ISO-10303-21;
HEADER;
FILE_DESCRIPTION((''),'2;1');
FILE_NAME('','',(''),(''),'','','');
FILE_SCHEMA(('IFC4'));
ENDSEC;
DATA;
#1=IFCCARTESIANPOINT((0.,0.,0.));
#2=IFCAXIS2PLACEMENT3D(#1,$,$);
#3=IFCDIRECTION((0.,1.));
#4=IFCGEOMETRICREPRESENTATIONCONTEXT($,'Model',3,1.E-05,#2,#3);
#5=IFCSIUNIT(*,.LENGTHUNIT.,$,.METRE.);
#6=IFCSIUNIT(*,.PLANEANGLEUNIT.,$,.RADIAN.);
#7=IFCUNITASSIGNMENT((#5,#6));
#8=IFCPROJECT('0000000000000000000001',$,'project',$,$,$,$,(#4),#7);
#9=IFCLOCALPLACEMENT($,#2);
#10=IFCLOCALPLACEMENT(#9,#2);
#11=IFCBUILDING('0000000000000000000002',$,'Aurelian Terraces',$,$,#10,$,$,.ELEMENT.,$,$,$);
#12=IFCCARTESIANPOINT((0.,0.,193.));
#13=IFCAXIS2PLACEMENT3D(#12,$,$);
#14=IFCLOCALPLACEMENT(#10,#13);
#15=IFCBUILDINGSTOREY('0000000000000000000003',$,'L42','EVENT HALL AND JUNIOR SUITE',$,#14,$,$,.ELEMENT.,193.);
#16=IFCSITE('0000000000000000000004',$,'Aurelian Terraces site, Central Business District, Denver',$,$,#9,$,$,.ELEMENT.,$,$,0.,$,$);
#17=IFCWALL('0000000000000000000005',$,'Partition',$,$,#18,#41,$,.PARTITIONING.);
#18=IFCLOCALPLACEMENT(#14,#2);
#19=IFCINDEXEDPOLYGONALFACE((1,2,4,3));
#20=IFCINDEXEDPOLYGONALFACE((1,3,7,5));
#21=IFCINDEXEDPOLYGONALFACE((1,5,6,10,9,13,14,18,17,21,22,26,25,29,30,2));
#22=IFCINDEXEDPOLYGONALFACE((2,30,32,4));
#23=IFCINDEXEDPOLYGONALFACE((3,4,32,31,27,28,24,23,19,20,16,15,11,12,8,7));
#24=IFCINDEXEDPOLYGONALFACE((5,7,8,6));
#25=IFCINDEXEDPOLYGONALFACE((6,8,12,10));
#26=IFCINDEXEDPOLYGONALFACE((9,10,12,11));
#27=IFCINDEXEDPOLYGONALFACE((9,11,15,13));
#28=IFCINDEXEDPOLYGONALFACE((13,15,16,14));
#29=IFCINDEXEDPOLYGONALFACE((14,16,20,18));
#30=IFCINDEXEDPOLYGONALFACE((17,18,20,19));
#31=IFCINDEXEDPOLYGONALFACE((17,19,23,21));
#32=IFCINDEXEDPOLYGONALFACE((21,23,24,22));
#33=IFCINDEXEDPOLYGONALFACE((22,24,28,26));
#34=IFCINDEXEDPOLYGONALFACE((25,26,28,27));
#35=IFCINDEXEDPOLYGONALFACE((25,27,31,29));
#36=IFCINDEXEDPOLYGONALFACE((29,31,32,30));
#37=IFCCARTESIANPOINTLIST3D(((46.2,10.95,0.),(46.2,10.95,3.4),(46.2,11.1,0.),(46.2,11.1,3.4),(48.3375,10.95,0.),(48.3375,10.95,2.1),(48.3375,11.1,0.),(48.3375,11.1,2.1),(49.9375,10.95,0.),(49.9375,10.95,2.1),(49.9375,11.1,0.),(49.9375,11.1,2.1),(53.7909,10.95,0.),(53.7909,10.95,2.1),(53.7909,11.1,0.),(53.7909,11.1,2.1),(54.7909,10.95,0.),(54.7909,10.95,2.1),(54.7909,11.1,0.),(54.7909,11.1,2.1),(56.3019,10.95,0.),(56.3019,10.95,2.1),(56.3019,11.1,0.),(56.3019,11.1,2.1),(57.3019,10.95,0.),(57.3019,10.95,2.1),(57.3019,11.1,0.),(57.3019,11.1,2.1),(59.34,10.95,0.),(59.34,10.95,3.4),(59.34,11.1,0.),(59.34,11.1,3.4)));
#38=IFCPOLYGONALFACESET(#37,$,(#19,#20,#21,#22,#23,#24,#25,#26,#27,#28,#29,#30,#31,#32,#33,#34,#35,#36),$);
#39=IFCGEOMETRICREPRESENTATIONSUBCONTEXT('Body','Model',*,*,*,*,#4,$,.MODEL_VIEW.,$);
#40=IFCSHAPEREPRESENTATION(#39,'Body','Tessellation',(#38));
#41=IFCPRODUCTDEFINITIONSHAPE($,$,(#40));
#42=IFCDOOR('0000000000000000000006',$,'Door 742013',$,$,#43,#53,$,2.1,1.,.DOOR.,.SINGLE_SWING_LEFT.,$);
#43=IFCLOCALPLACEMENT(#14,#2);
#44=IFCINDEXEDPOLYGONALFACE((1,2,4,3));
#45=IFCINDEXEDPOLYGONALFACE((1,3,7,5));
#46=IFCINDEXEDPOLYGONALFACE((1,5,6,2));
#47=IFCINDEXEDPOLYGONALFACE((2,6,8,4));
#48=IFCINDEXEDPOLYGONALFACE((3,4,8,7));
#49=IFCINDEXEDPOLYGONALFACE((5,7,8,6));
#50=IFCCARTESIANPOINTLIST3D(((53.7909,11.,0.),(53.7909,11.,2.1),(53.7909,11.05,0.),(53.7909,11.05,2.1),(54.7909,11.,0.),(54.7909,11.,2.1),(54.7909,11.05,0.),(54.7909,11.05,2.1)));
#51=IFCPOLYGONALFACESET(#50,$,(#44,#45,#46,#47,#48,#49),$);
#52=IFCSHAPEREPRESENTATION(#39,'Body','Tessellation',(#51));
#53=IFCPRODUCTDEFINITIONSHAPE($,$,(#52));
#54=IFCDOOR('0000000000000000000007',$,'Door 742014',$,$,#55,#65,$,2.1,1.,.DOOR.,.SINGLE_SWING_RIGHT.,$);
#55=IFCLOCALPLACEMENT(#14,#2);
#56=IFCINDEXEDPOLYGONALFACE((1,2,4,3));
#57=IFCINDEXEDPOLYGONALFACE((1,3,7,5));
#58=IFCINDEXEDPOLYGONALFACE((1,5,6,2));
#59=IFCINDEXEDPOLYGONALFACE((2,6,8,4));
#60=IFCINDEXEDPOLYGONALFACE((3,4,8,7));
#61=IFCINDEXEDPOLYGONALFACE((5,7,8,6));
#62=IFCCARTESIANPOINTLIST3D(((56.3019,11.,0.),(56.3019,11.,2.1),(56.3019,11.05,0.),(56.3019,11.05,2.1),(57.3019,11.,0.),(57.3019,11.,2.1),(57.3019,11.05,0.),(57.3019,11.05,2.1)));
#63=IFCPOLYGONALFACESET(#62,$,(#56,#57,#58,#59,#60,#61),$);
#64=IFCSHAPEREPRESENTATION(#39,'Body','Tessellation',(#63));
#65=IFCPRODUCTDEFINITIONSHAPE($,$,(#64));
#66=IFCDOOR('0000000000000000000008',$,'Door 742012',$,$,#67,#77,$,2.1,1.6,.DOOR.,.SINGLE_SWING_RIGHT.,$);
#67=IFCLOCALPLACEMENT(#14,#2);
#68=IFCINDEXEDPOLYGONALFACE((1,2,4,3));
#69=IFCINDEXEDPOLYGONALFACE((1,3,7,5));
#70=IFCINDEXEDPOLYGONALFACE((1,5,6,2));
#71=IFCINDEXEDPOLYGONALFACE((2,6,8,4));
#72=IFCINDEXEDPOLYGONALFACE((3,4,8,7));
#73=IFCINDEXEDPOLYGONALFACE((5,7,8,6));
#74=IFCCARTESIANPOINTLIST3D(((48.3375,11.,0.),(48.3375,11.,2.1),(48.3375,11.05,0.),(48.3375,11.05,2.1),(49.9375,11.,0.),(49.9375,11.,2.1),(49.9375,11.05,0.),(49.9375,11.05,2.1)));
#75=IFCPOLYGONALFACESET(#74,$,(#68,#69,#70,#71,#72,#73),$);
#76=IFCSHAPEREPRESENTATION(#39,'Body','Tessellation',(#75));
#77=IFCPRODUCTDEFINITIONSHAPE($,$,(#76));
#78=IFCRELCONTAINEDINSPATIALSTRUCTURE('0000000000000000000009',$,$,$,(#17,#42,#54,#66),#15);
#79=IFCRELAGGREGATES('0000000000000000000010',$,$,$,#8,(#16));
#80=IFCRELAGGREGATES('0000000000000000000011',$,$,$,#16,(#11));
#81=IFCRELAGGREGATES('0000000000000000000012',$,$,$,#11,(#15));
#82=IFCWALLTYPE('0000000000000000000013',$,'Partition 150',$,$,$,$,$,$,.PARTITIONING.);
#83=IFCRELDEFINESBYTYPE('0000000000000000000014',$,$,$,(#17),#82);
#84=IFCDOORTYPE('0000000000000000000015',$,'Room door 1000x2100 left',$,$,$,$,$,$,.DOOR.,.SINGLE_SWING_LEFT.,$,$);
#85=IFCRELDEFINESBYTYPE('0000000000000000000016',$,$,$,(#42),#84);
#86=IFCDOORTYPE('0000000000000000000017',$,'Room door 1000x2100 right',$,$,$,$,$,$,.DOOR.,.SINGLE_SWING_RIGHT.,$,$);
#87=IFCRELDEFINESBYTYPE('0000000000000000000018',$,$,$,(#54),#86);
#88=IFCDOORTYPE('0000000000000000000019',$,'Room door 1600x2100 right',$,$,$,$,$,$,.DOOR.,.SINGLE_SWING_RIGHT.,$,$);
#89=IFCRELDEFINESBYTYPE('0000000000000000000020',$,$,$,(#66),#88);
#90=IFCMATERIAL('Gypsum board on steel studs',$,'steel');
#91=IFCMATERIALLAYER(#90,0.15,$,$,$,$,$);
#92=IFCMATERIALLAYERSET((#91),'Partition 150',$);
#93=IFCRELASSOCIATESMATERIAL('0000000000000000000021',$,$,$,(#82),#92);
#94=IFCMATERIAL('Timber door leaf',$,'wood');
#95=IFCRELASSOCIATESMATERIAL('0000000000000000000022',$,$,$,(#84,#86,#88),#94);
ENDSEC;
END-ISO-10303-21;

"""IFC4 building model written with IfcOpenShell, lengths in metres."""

from ifc_helpers import new_model, si_unit, direction, frame, frame_2d, origin, place, context, subcontext, project, spatial, rectangle, extrude, source, transform, mapped, material, layer, layer_set, type_object, element, fill, save


model = new_model("IFC4")

# Units and contexts
model_context = context("Model", 3, precision=1e-05, world=origin(), true_north=direction((0.0, 1.0)))
body_context = subcontext(model_context, "Body", "Model", "MODEL_VIEW")
ifc_project = project(units=[si_unit("LENGTHUNIT", "METRE"), si_unit("PLANEANGLEUNIT", "RADIAN")], contexts=[model_context])

# Site, building, storey
site_placement = place(None, origin())
site = spatial("IfcSite", under=ifc_project, at=site_placement, Name="Aurelian Terraces site, Central Business District, Denver", CompositionType="ELEMENT", RefElevation=0.0)
building_placement = place(site_placement, origin())
building = spatial("IfcBuilding", under=site, at=building_placement, Name="Aurelian Terraces", CompositionType="ELEMENT")
storey_placement = place(building_placement, frame((0.0, 0.0, 193.0)))
storey = spatial("IfcBuildingStorey", under=building, at=storey_placement, Name="L42", Description="EVENT HALL AND JUNIOR SUITE", CompositionType="ELEMENT", Elevation=193.0)

# Shared definitions
ifc_material_1 = material(Name="Gypsum board on steel studs", Category="steel")
ifc_layer_1 = layer(ifc_material_1, 0.15)
ifc_layer_set_1 = layer_set([ifc_layer_1], Name="Partition 150")
wall_type_1 = type_object("IfcWallType", Name="Partition 150", PredefinedType="PARTITIONING", material=ifc_layer_set_1)

# Wall, openings, doors
shared_shape_1 = source(origin(), body_context, "Body", "SweptSolid", [
    extrude(rectangle(XDim=13.14, YDim=0.15, at=frame_2d((6.57, 0.0))), origin(), (0.0, 0.0, 1.0), 3.4),
])
wall_1_placement = place(storey_placement, frame((59.34, 11.025, 0.0), z_axis=(0.0, 0.0, 1.0), x_axis=(-1.0, 0.0, 0.0)))
wall_1 = element("IfcWall", 1, at=wall_1_placement, inside=storey, type_object=wall_type_1, Name="Partition", PredefinedType="PARTITIONING", context=body_context, shape_type="MappedRepresentation", body=[
    mapped(shared_shape_1, transform((0.0, 0.0, 0.0), scale=1.0)),
])
shared_shape_2 = source(origin(), body_context, "Body", "SweptSolid", [
    extrude(rectangle(XDim=1.6, YDim=2.1, at=frame_2d((0.8, 1.05))), frame((0.0, 0.085, 0.0), z_axis=(0.0, -1.0, 0.0), x_axis=(1.0, 0.0, 0.0)), (0.0, 0.0, 1.0), 0.17),
])
opening_1_placement = place(wall_1_placement, frame((9.4025, 0.0, 0.0)))
opening_1 = element("IfcOpeningElement", 2, at=opening_1_placement, cuts=wall_1, PredefinedType="OPENING", context=body_context, shape_type="MappedRepresentation", body=[
    mapped(shared_shape_2, transform((0.0, 0.0, 0.0), scale=1.0)),
])
shared_shape_3 = source(origin(), body_context, "Body", "SweptSolid", [
    extrude(rectangle(XDim=1.0, YDim=2.1, at=frame_2d((0.5, 1.05))), frame((0.0, 0.085, 0.0), z_axis=(0.0, -1.0, 0.0), x_axis=(1.0, 0.0, 0.0)), (0.0, 0.0, 1.0), 0.17),
])
opening_2_placement = place(wall_1_placement, frame((4.5491, 0.0, 0.0)))
opening_2 = element("IfcOpeningElement", 3, at=opening_2_placement, cuts=wall_1, PredefinedType="OPENING", context=body_context, shape_type="MappedRepresentation", body=[
    mapped(shared_shape_3, transform((0.0, 0.0, 0.0), scale=1.0)),
])
opening_3_placement = place(wall_1_placement, frame((2.0381, 0.0, 0.0)))
opening_3 = element("IfcOpeningElement", 4, at=opening_3_placement, cuts=wall_1, PredefinedType="OPENING", context=body_context, shape_type="MappedRepresentation", body=[
    mapped(shared_shape_3, transform((0.0, 0.0, 0.0), scale=1.0)),
])
ifc_material_2 = material(Name="Timber door leaf", Category="wood")
door_type_1 = type_object("IfcDoorType", Name="Room door 1000x2100 left", OperationType="SINGLE_SWING_LEFT", PredefinedType="DOOR", material=ifc_material_2)
shared_shape_4 = source(origin(), body_context, "Body", "SweptSolid", [
    extrude(rectangle(XDim=1.0, YDim=2.1, at=frame_2d((0.5, 1.05))), frame((0.0, 0.025, 0.0), z_axis=(0.0, -1.0, 0.0), x_axis=(1.0, 0.0, 0.0)), (0.0, 0.0, 1.0), 0.05),
])
door_1_placement = place(opening_2_placement, origin())
door_1 = element("IfcDoor", 5, at=door_1_placement, inside=storey, type_object=door_type_1, Name="Door 742013", OperationType="SINGLE_SWING_LEFT", OverallHeight=2.1, OverallWidth=1.0, PredefinedType="DOOR", context=body_context, shape_type="MappedRepresentation", body=[
    mapped(shared_shape_4, transform((0.0, 0.0, 0.0), scale=1.0)),
])
fill(opening_2, door_1)
door_type_2 = type_object("IfcDoorType", Name="Room door 1000x2100 right", OperationType="SINGLE_SWING_RIGHT", PredefinedType="DOOR", material=ifc_material_2)
door_2_placement = place(opening_3_placement, origin())
door_2 = element("IfcDoor", 6, at=door_2_placement, inside=storey, type_object=door_type_2, Name="Door 742014", OperationType="SINGLE_SWING_RIGHT", OverallHeight=2.1, OverallWidth=1.0, PredefinedType="DOOR", context=body_context, shape_type="MappedRepresentation", body=[
    mapped(shared_shape_4, transform((0.0, 0.0, 0.0), scale=1.0)),
])
fill(opening_3, door_2)
door_type_3 = type_object("IfcDoorType", Name="Room door 1600x2100 right", OperationType="SINGLE_SWING_RIGHT", PredefinedType="DOOR", material=ifc_material_2)
shared_shape_5 = source(origin(), body_context, "Body", "SweptSolid", [
    extrude(rectangle(XDim=1.6, YDim=2.1, at=frame_2d((0.8, 1.05))), frame((0.0, 0.025, 0.0), z_axis=(0.0, -1.0, 0.0), x_axis=(1.0, 0.0, 0.0)), (0.0, 0.0, 1.0), 0.05),
])
door_3_placement = place(opening_1_placement, origin())
door_3 = element("IfcDoor", 7, at=door_3_placement, inside=storey, type_object=door_type_3, Name="Door 742012", OperationType="SINGLE_SWING_RIGHT", OverallHeight=2.1, OverallWidth=1.6, PredefinedType="DOOR", context=body_context, shape_type="MappedRepresentation", body=[
    mapped(shared_shape_5, transform((0.0, 0.0, 0.0), scale=1.0)),
])
fill(opening_1, door_3)

save(model, "model.ifc")
